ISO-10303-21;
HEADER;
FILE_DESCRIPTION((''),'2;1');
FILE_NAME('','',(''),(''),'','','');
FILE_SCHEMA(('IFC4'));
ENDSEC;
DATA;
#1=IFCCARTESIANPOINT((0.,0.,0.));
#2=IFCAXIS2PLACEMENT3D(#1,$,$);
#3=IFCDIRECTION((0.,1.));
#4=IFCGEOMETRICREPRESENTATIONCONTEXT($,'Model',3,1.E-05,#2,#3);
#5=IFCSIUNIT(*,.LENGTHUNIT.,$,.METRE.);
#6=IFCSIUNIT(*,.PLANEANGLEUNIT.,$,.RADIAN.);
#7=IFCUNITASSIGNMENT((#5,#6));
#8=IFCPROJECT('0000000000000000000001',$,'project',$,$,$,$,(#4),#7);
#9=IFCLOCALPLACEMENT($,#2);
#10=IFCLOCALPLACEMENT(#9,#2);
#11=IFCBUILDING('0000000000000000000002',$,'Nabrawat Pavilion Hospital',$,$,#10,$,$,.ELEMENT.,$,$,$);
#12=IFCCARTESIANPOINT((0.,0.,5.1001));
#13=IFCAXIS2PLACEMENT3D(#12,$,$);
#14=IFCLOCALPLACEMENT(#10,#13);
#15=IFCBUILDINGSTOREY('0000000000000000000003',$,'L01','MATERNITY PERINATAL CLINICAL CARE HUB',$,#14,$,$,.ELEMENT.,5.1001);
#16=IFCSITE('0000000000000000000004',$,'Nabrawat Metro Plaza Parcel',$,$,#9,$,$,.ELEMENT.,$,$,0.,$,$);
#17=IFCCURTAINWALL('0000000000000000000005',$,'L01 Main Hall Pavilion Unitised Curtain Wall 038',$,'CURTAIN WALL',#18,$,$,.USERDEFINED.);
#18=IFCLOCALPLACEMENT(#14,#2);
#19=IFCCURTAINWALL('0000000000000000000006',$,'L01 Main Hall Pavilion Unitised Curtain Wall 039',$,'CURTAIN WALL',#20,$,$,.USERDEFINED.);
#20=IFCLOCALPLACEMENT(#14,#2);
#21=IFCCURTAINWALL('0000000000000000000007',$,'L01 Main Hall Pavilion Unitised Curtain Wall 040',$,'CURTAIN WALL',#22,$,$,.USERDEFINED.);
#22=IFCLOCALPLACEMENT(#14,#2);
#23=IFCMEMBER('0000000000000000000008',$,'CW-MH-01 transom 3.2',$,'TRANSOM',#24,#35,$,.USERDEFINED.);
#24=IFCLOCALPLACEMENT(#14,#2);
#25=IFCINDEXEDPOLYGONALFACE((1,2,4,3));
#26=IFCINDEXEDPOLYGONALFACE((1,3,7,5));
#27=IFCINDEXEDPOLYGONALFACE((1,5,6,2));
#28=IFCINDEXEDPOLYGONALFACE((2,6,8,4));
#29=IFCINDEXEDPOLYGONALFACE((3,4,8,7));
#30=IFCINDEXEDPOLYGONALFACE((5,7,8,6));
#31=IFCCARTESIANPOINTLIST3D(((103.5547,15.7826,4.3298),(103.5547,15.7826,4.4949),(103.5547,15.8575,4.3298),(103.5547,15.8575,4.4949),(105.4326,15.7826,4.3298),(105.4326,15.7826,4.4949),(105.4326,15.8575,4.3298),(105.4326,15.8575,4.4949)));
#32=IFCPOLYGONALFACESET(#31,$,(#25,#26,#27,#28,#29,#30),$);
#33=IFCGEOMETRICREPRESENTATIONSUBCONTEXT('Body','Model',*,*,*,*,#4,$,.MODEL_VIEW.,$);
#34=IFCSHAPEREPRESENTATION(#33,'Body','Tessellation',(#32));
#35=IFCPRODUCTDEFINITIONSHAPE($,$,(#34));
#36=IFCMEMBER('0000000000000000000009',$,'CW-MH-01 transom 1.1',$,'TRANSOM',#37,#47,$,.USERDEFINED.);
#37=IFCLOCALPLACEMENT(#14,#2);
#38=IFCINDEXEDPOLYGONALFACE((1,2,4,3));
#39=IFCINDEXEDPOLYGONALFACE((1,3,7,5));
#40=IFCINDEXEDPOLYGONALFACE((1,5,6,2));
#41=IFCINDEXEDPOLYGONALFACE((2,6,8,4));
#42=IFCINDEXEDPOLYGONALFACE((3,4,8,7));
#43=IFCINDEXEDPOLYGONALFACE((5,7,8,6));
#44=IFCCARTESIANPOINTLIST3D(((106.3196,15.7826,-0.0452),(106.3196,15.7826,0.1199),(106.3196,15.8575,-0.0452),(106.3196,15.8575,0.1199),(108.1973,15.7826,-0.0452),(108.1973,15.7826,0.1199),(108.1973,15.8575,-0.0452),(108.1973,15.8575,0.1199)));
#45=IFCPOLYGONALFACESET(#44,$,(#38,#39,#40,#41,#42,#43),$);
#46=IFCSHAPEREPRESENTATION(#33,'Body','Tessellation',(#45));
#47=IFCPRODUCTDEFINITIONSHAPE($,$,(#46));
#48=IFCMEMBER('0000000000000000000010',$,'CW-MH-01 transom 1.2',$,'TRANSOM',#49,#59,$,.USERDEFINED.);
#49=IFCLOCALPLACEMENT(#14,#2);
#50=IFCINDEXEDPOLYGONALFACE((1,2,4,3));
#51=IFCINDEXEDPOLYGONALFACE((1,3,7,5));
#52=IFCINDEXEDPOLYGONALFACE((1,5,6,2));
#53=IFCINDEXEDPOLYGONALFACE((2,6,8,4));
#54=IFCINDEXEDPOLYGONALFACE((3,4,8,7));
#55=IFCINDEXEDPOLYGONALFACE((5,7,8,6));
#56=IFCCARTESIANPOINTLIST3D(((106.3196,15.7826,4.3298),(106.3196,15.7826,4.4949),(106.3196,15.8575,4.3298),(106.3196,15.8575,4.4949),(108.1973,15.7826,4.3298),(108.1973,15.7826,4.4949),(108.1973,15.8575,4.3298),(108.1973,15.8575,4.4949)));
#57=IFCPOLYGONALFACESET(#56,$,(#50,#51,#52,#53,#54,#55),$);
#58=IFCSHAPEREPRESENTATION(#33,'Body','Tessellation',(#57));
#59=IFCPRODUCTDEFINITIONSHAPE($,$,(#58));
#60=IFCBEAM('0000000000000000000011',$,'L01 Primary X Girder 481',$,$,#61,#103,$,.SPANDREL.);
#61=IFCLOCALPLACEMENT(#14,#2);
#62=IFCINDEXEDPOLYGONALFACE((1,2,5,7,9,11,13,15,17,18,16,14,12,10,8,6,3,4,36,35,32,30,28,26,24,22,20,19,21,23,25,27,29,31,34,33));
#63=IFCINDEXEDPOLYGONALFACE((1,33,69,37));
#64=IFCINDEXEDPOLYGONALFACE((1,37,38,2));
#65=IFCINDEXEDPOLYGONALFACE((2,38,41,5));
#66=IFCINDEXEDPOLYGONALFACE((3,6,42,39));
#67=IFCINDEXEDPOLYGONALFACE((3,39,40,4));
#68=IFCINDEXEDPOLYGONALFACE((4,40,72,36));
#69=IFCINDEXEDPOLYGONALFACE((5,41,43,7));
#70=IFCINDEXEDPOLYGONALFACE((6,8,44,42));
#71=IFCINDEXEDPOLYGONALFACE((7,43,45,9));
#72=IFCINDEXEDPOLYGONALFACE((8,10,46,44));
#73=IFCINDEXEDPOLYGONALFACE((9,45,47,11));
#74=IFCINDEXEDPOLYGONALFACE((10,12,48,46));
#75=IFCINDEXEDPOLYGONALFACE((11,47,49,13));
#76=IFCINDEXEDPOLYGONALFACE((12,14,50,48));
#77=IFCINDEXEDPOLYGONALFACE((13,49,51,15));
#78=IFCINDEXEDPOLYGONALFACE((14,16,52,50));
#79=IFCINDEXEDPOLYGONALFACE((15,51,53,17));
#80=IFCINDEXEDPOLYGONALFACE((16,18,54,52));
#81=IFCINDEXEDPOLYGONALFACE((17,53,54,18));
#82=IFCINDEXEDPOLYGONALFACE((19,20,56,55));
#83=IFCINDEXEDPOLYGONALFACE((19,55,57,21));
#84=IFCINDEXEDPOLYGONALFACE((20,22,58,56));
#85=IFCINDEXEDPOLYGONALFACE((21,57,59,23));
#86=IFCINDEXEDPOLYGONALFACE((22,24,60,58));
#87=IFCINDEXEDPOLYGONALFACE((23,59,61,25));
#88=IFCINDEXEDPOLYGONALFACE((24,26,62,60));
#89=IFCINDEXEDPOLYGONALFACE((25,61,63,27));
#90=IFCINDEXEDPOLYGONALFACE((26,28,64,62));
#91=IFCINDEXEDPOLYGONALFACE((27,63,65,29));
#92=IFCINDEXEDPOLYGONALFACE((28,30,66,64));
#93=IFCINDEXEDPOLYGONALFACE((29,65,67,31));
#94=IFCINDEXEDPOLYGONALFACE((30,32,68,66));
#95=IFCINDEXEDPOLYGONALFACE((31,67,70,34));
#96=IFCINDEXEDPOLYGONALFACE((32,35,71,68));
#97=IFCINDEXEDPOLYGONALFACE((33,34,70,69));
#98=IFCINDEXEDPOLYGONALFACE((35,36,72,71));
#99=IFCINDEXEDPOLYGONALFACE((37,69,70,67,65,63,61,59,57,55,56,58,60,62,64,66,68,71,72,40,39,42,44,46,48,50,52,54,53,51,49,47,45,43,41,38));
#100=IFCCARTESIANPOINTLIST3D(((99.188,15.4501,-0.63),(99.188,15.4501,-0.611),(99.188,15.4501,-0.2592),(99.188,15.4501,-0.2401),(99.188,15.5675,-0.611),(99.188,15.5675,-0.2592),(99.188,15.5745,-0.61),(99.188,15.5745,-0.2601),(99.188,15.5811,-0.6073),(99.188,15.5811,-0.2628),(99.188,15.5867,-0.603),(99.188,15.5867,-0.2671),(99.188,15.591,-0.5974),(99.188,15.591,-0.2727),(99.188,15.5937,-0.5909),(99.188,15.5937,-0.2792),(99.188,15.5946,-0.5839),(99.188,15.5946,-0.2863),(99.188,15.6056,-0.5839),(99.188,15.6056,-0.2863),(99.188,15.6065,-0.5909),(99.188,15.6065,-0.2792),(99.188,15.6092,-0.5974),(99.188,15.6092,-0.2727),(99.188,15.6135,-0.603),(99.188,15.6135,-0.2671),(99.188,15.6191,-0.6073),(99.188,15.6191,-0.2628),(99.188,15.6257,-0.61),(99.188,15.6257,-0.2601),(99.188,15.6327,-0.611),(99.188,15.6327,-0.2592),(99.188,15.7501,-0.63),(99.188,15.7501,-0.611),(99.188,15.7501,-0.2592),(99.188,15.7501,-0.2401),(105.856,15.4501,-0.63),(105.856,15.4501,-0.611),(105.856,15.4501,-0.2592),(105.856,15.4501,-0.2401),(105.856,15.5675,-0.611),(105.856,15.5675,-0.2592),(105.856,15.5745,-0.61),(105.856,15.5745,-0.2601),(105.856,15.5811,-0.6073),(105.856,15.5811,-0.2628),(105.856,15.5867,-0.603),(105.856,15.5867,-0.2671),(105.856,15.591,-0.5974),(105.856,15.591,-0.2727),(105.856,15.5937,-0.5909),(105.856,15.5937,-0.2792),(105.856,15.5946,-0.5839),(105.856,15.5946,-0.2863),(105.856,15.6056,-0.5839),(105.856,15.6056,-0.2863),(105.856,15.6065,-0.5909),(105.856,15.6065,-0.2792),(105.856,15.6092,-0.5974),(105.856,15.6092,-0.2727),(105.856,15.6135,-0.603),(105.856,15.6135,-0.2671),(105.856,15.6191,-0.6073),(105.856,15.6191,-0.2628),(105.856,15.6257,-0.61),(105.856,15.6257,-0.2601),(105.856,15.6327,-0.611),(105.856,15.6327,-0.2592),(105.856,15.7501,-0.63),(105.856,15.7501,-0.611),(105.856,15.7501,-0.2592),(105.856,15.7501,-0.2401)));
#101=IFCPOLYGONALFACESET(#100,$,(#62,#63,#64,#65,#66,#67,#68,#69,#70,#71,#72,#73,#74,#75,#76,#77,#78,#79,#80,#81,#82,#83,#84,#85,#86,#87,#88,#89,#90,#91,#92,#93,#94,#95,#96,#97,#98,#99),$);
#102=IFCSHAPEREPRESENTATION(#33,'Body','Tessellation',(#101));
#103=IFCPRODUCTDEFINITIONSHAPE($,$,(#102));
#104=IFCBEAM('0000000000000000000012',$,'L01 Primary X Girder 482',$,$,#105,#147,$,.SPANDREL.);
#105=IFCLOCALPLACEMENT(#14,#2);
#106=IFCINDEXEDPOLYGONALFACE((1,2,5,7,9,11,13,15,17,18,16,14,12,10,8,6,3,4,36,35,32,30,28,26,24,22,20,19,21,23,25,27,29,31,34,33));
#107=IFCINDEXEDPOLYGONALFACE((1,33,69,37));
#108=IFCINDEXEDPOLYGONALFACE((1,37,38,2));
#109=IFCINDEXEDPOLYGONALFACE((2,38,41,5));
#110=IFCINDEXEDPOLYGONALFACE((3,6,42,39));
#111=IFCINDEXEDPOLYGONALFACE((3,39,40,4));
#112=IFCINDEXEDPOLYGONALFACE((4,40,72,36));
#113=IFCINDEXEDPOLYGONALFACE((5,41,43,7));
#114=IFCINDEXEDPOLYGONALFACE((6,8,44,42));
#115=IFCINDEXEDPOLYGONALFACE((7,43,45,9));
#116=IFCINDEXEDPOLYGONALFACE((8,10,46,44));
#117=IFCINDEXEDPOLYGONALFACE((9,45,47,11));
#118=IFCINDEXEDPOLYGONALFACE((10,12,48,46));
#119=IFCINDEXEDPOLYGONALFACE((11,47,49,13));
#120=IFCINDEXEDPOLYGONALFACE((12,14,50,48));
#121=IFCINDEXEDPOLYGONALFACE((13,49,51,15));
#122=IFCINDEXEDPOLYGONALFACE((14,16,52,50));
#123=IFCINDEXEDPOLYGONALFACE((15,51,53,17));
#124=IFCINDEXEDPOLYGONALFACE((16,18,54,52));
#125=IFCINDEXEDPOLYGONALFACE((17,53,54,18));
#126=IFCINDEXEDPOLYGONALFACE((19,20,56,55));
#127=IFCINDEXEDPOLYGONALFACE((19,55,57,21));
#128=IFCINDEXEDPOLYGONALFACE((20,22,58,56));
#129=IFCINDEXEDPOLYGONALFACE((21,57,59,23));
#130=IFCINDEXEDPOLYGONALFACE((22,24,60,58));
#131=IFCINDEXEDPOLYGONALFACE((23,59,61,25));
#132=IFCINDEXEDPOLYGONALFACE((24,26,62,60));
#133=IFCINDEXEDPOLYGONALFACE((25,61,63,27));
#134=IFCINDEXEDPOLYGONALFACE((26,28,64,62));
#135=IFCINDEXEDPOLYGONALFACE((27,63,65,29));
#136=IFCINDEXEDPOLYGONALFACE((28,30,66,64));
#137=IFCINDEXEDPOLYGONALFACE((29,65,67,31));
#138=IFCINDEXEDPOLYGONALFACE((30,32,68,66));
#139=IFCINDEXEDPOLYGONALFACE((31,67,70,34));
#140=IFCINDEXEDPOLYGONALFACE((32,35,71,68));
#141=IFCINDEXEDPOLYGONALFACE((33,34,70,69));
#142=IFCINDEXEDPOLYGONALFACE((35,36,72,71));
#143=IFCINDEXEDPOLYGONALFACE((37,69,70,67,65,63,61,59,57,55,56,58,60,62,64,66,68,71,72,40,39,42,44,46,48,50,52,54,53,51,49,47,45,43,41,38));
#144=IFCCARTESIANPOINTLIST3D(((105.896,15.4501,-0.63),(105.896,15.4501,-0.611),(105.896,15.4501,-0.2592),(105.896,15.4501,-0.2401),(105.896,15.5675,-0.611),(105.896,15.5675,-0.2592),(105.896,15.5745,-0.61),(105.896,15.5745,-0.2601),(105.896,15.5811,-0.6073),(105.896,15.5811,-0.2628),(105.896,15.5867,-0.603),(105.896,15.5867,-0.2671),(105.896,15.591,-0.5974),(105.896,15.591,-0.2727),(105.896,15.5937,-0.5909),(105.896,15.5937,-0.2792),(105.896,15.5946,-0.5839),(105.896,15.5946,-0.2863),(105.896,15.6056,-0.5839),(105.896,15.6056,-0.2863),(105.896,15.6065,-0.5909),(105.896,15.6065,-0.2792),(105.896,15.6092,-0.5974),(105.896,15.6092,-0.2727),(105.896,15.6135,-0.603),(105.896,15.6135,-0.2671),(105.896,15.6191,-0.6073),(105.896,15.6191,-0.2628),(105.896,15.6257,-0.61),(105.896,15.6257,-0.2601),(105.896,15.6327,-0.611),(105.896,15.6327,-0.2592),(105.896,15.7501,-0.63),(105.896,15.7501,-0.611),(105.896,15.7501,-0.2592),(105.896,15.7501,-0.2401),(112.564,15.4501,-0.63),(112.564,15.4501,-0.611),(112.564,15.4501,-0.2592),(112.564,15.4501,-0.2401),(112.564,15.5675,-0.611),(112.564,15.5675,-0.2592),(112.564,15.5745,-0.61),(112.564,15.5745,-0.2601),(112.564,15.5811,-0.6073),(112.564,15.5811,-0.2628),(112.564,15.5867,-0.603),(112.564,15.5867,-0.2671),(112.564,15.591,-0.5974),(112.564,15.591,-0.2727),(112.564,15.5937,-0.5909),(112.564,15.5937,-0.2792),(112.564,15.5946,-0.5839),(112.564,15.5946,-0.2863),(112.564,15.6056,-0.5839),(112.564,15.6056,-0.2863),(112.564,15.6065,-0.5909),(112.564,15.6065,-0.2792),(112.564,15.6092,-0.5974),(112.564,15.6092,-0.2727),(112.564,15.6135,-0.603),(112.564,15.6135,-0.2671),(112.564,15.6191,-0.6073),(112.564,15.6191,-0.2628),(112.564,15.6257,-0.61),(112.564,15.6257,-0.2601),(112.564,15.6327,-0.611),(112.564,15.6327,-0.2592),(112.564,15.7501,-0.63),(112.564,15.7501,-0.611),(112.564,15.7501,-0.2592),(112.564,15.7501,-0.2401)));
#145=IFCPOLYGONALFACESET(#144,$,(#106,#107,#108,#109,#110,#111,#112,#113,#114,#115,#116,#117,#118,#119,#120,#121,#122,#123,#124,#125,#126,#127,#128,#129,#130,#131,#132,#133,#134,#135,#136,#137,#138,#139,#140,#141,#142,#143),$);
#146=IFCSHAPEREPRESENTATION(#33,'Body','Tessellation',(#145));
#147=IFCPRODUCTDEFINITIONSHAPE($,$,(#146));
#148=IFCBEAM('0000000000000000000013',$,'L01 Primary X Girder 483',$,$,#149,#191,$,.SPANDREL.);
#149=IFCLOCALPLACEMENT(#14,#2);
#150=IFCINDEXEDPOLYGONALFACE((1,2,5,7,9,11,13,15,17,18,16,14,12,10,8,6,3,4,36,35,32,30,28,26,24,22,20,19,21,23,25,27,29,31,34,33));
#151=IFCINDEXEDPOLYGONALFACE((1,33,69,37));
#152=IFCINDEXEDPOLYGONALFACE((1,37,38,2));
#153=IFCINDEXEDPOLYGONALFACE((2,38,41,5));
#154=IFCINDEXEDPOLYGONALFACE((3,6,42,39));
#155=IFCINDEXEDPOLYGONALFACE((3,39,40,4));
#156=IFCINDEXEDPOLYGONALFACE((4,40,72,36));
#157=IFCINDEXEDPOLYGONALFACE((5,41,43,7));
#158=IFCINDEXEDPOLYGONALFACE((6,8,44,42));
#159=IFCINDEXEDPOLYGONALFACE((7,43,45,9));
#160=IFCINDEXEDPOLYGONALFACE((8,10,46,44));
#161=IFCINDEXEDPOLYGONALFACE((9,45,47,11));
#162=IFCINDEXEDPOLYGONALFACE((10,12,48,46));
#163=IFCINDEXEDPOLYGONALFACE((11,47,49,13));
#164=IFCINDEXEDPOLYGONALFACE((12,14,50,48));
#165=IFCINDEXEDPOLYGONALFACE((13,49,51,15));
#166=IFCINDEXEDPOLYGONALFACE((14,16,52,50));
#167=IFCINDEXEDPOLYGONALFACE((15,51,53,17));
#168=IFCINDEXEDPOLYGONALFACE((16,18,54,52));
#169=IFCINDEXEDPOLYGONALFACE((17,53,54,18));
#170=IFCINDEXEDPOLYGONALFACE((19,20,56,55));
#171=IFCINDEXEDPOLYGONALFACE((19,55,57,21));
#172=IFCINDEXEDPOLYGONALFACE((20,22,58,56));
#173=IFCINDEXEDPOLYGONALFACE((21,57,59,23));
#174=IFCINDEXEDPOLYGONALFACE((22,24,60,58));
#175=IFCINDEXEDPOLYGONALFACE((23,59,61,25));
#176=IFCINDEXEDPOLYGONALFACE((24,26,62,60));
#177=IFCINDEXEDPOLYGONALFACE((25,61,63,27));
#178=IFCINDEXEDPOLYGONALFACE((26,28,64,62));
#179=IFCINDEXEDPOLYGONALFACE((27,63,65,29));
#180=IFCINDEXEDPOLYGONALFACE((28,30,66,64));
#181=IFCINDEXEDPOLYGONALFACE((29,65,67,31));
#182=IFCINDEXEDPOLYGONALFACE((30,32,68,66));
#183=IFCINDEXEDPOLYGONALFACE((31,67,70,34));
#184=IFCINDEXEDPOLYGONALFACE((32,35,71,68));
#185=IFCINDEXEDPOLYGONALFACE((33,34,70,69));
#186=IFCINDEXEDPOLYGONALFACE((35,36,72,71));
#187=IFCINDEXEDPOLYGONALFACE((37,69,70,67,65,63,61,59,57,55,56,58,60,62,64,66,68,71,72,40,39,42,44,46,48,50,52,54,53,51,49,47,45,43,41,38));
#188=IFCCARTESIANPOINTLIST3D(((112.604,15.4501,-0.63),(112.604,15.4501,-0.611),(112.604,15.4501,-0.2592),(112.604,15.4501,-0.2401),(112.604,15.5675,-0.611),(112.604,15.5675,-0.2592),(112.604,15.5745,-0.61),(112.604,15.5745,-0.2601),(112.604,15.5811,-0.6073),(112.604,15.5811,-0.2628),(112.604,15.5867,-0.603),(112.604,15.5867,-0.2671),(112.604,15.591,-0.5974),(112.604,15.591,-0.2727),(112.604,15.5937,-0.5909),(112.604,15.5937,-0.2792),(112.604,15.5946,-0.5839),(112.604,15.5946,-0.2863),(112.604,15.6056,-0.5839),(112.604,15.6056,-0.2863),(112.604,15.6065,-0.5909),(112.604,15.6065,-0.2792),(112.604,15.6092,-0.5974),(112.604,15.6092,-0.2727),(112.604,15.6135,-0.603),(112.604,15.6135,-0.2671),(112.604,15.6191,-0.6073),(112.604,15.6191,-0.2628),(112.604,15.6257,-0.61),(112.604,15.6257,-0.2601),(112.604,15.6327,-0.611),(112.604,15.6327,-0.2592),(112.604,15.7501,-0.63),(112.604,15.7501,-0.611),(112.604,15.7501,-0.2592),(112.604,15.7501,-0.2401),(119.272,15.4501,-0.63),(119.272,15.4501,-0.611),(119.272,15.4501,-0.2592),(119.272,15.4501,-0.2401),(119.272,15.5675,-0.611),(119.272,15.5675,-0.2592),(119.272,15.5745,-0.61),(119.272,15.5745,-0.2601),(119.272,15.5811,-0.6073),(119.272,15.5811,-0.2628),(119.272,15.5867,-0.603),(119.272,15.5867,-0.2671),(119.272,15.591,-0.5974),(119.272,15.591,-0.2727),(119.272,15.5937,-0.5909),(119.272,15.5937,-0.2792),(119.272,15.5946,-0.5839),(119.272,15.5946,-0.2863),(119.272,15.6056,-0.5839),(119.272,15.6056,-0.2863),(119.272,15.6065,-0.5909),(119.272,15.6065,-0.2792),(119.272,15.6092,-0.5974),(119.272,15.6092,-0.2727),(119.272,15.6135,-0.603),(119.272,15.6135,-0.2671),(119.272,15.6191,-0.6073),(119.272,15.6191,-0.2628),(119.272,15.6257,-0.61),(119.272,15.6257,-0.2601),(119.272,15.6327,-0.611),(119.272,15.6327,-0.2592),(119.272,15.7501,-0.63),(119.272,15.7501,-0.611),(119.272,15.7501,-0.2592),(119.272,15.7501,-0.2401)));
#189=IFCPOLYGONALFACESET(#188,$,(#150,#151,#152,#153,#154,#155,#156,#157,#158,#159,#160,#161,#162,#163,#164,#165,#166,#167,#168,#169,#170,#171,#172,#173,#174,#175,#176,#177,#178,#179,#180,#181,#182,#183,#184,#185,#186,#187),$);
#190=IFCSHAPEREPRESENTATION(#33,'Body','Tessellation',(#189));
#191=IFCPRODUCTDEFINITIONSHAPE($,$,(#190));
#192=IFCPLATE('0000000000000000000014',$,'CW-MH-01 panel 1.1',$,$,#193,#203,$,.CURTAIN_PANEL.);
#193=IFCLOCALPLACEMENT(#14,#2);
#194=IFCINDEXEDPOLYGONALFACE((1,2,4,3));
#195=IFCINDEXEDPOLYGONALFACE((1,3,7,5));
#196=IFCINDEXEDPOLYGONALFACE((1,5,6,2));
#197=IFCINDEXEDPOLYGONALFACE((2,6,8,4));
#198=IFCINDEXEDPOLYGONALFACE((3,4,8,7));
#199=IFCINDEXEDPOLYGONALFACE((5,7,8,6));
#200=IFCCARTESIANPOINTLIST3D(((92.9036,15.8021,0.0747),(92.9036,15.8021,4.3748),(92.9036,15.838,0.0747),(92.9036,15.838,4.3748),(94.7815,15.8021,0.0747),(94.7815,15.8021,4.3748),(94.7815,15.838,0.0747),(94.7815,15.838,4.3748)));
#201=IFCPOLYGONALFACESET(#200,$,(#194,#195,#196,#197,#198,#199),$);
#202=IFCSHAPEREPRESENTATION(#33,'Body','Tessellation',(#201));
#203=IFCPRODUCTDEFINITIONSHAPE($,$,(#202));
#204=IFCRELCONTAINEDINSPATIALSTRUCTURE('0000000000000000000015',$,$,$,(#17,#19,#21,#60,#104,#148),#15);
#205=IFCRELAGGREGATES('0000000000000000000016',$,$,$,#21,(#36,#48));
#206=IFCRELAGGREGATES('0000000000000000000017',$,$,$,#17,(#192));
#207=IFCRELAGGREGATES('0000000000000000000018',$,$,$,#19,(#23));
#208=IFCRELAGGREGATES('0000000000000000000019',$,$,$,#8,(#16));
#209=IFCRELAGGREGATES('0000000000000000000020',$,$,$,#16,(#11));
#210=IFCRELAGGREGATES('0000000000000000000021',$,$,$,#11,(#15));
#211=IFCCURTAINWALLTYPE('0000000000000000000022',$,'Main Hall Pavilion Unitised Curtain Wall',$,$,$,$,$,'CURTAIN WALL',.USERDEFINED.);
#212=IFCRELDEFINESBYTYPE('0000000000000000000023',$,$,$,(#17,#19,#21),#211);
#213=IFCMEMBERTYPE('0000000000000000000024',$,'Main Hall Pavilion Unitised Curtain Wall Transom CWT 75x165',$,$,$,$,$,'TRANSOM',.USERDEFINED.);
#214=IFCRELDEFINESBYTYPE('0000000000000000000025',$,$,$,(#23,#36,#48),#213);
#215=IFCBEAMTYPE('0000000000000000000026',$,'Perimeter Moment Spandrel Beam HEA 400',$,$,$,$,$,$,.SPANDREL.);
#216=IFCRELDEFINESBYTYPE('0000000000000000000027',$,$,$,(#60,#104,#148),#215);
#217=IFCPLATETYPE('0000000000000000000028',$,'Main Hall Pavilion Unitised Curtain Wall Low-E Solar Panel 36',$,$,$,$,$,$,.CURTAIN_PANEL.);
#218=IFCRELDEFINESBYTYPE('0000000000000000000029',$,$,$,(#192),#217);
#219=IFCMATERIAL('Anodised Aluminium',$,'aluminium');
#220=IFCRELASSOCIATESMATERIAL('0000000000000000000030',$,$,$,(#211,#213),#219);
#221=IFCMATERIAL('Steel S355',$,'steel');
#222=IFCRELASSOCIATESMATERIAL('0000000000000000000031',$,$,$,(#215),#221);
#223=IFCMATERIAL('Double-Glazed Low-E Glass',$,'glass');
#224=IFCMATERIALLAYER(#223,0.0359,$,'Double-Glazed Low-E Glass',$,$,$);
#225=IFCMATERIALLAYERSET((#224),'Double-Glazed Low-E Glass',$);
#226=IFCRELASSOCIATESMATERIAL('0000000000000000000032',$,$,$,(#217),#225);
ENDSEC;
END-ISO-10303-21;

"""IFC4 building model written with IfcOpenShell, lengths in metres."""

from ifc_helpers import new_model, si_unit, direction, frame, origin, origin_2d, place, context, subcontext, project, spatial, rectangle, i_section, extrude, material, layer, layer_set, material_profile, profile_set, type_object, element, aggregate, save


model = new_model("IFC4")

# Units and contexts
model_context = context("Model", 3, precision=1e-05, world=origin(), true_north=direction((0.0, 1.0)))
body_context = subcontext(model_context, "Body", "Model", "MODEL_VIEW")
ifc_project = project(units=[si_unit("LENGTHUNIT", "METRE"), si_unit("PLANEANGLEUNIT", "RADIAN")], contexts=[model_context])

# Site, building, storey
site_placement = place(None, origin())
site = spatial("IfcSite", under=ifc_project, at=site_placement, Name="Nabrawat Metro Plaza Parcel", CompositionType="ELEMENT", RefElevation=0.0)
building_placement = place(site_placement, origin())
building = spatial("IfcBuilding", under=site, at=building_placement, Name="Nabrawat Pavilion Hospital", CompositionType="ELEMENT")
storey_placement = place(building_placement, frame((0.0, 0.0, 5.1001)))
storey = spatial("IfcBuildingStorey", under=building, at=storey_placement, Name="L01", Description="MATERNITY PERINATAL CLINICAL CARE HUB", CompositionType="ELEMENT", Elevation=5.1001)

# Shared definitions
ifc_material_1 = material(Name="Steel S355", Category="steel")

# Curtain walls
ifc_material_2 = material(Name="Anodised Aluminium", Category="aluminium")
curtain_wall_type = type_object("IfcCurtainWallType", Name="Main Hall Pavilion Unitised Curtain Wall", ElementType="CURTAIN WALL", PredefinedType="USERDEFINED", material=ifc_material_2)
curtain_wall_1_placement = place(storey_placement, origin())
curtain_wall_1 = element("IfcCurtainWall", 1, at=curtain_wall_1_placement, inside=storey, type_object=curtain_wall_type, Name="L01 Main Hall Pavilion Unitised Curtain Wall 038", ObjectType="CURTAIN WALL", PredefinedType="USERDEFINED")
curtain_wall_2_placement = place(storey_placement, origin())
curtain_wall_2 = element("IfcCurtainWall", 2, at=curtain_wall_2_placement, inside=storey, type_object=curtain_wall_type, Name="L01 Main Hall Pavilion Unitised Curtain Wall 039", ObjectType="CURTAIN WALL", PredefinedType="USERDEFINED")

# Curtain wall
curtain_wall_3_placement = place(storey_placement, origin())
curtain_wall_3 = element("IfcCurtainWall", 3, at=curtain_wall_3_placement, inside=storey, type_object=curtain_wall_type, Name="L01 Main Hall Pavilion Unitised Curtain Wall 040", ObjectType="CURTAIN WALL", PredefinedType="USERDEFINED")

# Members
ifc_material_profile_1 = material_profile(ifc_material_2, rectangle(XDim=0.075, YDim=0.165, at=origin_2d()), Name="CWT 75x165")
ifc_profile_set_1 = profile_set([ifc_material_profile_1], Name="Anodised Aluminium")
member_type_1 = type_object("IfcMemberType", Name="Main Hall Pavilion Unitised Curtain Wall Transom CWT 75x165", ElementType="TRANSOM", PredefinedType="USERDEFINED", material=ifc_profile_set_1)
member_1_placement = place(storey_placement, frame((103.5547, 15.8201, 4.4124), z_axis=(1.0, 0.0, 0.0), x_axis=(0.0, 1.0, 0.0)))
member_1 = element("IfcMember", 4, at=member_1_placement, type_object=member_type_1, Name="CW-MH-01 transom 3.2", ObjectType="TRANSOM", PredefinedType="USERDEFINED", context=body_context, shape_type="SweptSolid", body=[
    extrude(rectangle(XDim=0.075, YDim=0.165, at=origin_2d()), origin(), (0.0, 0.0, 1.0), 1.8779),
])
member_2_placement = place(storey_placement, frame((106.3196, 15.8201, 0.0374), z_axis=(1.0, 0.0, 0.0), x_axis=(0.0, 1.0, 0.0)))
member_2 = element("IfcMember", 5, at=member_2_placement, type_object=member_type_1, Name="CW-MH-01 transom 1.1", ObjectType="TRANSOM", PredefinedType="USERDEFINED", context=body_context, shape_type="SweptSolid", body=[
    extrude(rectangle(XDim=0.075, YDim=0.165, at=origin_2d()), origin(), (0.0, 0.0, 1.0), 1.8777),
])
member_3_placement = place(storey_placement, frame((106.3196, 15.8201, 4.4124), z_axis=(1.0, 0.0, 0.0), x_axis=(0.0, 1.0, 0.0)))
member_3 = element("IfcMember", 6, at=member_3_placement, type_object=member_type_1, Name="CW-MH-01 transom 1.2", ObjectType="TRANSOM", PredefinedType="USERDEFINED", context=body_context, shape_type="SweptSolid", body=[
    extrude(rectangle(XDim=0.075, YDim=0.165, at=origin_2d()), origin(), (0.0, 0.0, 1.0), 1.8777),
])
aggregate(curtain_wall_3, [member_2, member_3])

# Beams
ifc_material_profile_2 = material_profile(ifc_material_1, i_section(OverallWidth=0.3, OverallDepth=0.3899, WebThickness=0.011, FlangeThickness=0.019, FilletRadius=0.0271, at=origin_2d()), Name="HEA 400")
ifc_profile_set_2 = profile_set([ifc_material_profile_2], Name="Steel S355")
beam_type = type_object("IfcBeamType", Name="Perimeter Moment Spandrel Beam HEA 400", PredefinedType="SPANDREL", material=ifc_profile_set_2)
for number, where, z_axis, x_axis, name in (
    (7, (99.188, 15.6001, -0.4351), (1.0, 0.0, 0.0), (0.0, 1.0, 0.0), "L01 Primary X Girder 481"),
    (8, (105.896, 15.6001, -0.4351), (1.0, 0.0, 0.0), (0.0, 1.0, 0.0), "L01 Primary X Girder 482"),
    (9, (112.604, 15.6001, -0.4351), (1.0, 0.0, 0.0), (0.0, 1.0, 0.0), "L01 Primary X Girder 483"),
):
    element("IfcBeam", number, at=place(storey_placement, frame(where, z_axis=z_axis, x_axis=x_axis)), inside=storey, type_object=beam_type, Name=name, PredefinedType="SPANDREL", context=body_context, shape_type="SweptSolid", body=[
        extrude(i_section(OverallWidth=0.3, OverallDepth=0.3899, WebThickness=0.011, FlangeThickness=0.019, FilletRadius=0.0271, at=origin_2d()), origin(), (0.0, 0.0, 1.0), 6.668),
    ])

# Plate
ifc_material_3 = material(Name="Double-Glazed Low-E Glass", Category="glass")
ifc_layer_1 = layer(ifc_material_3, 0.0359, Name="Double-Glazed Low-E Glass")
ifc_layer_set_1 = layer_set([ifc_layer_1], Name="Double-Glazed Low-E Glass")
plate_type_1 = type_object("IfcPlateType", Name="Main Hall Pavilion Unitised Curtain Wall Low-E Solar Panel 36", PredefinedType="CURTAIN_PANEL", material=ifc_layer_set_1)
plate_1_placement = place(storey_placement, frame((93.8425, 15.8201, 0.0747), z_axis=(0.0, 0.0, 1.0), x_axis=(1.0, 0.0, 0.0)))
plate_1 = element("IfcPlate", 10, at=plate_1_placement, type_object=plate_type_1, Name="CW-MH-01 panel 1.1", PredefinedType="CURTAIN_PANEL", context=body_context, shape_type="SweptSolid", body=[
    extrude(rectangle(XDim=1.8779, YDim=0.0359, at=origin_2d()), origin(), (0.0, 0.0, 1.0), 4.3),
])
aggregate(curtain_wall_1, [plate_1])
aggregate(curtain_wall_2, [member_1])

save(model, "model.ifc")
